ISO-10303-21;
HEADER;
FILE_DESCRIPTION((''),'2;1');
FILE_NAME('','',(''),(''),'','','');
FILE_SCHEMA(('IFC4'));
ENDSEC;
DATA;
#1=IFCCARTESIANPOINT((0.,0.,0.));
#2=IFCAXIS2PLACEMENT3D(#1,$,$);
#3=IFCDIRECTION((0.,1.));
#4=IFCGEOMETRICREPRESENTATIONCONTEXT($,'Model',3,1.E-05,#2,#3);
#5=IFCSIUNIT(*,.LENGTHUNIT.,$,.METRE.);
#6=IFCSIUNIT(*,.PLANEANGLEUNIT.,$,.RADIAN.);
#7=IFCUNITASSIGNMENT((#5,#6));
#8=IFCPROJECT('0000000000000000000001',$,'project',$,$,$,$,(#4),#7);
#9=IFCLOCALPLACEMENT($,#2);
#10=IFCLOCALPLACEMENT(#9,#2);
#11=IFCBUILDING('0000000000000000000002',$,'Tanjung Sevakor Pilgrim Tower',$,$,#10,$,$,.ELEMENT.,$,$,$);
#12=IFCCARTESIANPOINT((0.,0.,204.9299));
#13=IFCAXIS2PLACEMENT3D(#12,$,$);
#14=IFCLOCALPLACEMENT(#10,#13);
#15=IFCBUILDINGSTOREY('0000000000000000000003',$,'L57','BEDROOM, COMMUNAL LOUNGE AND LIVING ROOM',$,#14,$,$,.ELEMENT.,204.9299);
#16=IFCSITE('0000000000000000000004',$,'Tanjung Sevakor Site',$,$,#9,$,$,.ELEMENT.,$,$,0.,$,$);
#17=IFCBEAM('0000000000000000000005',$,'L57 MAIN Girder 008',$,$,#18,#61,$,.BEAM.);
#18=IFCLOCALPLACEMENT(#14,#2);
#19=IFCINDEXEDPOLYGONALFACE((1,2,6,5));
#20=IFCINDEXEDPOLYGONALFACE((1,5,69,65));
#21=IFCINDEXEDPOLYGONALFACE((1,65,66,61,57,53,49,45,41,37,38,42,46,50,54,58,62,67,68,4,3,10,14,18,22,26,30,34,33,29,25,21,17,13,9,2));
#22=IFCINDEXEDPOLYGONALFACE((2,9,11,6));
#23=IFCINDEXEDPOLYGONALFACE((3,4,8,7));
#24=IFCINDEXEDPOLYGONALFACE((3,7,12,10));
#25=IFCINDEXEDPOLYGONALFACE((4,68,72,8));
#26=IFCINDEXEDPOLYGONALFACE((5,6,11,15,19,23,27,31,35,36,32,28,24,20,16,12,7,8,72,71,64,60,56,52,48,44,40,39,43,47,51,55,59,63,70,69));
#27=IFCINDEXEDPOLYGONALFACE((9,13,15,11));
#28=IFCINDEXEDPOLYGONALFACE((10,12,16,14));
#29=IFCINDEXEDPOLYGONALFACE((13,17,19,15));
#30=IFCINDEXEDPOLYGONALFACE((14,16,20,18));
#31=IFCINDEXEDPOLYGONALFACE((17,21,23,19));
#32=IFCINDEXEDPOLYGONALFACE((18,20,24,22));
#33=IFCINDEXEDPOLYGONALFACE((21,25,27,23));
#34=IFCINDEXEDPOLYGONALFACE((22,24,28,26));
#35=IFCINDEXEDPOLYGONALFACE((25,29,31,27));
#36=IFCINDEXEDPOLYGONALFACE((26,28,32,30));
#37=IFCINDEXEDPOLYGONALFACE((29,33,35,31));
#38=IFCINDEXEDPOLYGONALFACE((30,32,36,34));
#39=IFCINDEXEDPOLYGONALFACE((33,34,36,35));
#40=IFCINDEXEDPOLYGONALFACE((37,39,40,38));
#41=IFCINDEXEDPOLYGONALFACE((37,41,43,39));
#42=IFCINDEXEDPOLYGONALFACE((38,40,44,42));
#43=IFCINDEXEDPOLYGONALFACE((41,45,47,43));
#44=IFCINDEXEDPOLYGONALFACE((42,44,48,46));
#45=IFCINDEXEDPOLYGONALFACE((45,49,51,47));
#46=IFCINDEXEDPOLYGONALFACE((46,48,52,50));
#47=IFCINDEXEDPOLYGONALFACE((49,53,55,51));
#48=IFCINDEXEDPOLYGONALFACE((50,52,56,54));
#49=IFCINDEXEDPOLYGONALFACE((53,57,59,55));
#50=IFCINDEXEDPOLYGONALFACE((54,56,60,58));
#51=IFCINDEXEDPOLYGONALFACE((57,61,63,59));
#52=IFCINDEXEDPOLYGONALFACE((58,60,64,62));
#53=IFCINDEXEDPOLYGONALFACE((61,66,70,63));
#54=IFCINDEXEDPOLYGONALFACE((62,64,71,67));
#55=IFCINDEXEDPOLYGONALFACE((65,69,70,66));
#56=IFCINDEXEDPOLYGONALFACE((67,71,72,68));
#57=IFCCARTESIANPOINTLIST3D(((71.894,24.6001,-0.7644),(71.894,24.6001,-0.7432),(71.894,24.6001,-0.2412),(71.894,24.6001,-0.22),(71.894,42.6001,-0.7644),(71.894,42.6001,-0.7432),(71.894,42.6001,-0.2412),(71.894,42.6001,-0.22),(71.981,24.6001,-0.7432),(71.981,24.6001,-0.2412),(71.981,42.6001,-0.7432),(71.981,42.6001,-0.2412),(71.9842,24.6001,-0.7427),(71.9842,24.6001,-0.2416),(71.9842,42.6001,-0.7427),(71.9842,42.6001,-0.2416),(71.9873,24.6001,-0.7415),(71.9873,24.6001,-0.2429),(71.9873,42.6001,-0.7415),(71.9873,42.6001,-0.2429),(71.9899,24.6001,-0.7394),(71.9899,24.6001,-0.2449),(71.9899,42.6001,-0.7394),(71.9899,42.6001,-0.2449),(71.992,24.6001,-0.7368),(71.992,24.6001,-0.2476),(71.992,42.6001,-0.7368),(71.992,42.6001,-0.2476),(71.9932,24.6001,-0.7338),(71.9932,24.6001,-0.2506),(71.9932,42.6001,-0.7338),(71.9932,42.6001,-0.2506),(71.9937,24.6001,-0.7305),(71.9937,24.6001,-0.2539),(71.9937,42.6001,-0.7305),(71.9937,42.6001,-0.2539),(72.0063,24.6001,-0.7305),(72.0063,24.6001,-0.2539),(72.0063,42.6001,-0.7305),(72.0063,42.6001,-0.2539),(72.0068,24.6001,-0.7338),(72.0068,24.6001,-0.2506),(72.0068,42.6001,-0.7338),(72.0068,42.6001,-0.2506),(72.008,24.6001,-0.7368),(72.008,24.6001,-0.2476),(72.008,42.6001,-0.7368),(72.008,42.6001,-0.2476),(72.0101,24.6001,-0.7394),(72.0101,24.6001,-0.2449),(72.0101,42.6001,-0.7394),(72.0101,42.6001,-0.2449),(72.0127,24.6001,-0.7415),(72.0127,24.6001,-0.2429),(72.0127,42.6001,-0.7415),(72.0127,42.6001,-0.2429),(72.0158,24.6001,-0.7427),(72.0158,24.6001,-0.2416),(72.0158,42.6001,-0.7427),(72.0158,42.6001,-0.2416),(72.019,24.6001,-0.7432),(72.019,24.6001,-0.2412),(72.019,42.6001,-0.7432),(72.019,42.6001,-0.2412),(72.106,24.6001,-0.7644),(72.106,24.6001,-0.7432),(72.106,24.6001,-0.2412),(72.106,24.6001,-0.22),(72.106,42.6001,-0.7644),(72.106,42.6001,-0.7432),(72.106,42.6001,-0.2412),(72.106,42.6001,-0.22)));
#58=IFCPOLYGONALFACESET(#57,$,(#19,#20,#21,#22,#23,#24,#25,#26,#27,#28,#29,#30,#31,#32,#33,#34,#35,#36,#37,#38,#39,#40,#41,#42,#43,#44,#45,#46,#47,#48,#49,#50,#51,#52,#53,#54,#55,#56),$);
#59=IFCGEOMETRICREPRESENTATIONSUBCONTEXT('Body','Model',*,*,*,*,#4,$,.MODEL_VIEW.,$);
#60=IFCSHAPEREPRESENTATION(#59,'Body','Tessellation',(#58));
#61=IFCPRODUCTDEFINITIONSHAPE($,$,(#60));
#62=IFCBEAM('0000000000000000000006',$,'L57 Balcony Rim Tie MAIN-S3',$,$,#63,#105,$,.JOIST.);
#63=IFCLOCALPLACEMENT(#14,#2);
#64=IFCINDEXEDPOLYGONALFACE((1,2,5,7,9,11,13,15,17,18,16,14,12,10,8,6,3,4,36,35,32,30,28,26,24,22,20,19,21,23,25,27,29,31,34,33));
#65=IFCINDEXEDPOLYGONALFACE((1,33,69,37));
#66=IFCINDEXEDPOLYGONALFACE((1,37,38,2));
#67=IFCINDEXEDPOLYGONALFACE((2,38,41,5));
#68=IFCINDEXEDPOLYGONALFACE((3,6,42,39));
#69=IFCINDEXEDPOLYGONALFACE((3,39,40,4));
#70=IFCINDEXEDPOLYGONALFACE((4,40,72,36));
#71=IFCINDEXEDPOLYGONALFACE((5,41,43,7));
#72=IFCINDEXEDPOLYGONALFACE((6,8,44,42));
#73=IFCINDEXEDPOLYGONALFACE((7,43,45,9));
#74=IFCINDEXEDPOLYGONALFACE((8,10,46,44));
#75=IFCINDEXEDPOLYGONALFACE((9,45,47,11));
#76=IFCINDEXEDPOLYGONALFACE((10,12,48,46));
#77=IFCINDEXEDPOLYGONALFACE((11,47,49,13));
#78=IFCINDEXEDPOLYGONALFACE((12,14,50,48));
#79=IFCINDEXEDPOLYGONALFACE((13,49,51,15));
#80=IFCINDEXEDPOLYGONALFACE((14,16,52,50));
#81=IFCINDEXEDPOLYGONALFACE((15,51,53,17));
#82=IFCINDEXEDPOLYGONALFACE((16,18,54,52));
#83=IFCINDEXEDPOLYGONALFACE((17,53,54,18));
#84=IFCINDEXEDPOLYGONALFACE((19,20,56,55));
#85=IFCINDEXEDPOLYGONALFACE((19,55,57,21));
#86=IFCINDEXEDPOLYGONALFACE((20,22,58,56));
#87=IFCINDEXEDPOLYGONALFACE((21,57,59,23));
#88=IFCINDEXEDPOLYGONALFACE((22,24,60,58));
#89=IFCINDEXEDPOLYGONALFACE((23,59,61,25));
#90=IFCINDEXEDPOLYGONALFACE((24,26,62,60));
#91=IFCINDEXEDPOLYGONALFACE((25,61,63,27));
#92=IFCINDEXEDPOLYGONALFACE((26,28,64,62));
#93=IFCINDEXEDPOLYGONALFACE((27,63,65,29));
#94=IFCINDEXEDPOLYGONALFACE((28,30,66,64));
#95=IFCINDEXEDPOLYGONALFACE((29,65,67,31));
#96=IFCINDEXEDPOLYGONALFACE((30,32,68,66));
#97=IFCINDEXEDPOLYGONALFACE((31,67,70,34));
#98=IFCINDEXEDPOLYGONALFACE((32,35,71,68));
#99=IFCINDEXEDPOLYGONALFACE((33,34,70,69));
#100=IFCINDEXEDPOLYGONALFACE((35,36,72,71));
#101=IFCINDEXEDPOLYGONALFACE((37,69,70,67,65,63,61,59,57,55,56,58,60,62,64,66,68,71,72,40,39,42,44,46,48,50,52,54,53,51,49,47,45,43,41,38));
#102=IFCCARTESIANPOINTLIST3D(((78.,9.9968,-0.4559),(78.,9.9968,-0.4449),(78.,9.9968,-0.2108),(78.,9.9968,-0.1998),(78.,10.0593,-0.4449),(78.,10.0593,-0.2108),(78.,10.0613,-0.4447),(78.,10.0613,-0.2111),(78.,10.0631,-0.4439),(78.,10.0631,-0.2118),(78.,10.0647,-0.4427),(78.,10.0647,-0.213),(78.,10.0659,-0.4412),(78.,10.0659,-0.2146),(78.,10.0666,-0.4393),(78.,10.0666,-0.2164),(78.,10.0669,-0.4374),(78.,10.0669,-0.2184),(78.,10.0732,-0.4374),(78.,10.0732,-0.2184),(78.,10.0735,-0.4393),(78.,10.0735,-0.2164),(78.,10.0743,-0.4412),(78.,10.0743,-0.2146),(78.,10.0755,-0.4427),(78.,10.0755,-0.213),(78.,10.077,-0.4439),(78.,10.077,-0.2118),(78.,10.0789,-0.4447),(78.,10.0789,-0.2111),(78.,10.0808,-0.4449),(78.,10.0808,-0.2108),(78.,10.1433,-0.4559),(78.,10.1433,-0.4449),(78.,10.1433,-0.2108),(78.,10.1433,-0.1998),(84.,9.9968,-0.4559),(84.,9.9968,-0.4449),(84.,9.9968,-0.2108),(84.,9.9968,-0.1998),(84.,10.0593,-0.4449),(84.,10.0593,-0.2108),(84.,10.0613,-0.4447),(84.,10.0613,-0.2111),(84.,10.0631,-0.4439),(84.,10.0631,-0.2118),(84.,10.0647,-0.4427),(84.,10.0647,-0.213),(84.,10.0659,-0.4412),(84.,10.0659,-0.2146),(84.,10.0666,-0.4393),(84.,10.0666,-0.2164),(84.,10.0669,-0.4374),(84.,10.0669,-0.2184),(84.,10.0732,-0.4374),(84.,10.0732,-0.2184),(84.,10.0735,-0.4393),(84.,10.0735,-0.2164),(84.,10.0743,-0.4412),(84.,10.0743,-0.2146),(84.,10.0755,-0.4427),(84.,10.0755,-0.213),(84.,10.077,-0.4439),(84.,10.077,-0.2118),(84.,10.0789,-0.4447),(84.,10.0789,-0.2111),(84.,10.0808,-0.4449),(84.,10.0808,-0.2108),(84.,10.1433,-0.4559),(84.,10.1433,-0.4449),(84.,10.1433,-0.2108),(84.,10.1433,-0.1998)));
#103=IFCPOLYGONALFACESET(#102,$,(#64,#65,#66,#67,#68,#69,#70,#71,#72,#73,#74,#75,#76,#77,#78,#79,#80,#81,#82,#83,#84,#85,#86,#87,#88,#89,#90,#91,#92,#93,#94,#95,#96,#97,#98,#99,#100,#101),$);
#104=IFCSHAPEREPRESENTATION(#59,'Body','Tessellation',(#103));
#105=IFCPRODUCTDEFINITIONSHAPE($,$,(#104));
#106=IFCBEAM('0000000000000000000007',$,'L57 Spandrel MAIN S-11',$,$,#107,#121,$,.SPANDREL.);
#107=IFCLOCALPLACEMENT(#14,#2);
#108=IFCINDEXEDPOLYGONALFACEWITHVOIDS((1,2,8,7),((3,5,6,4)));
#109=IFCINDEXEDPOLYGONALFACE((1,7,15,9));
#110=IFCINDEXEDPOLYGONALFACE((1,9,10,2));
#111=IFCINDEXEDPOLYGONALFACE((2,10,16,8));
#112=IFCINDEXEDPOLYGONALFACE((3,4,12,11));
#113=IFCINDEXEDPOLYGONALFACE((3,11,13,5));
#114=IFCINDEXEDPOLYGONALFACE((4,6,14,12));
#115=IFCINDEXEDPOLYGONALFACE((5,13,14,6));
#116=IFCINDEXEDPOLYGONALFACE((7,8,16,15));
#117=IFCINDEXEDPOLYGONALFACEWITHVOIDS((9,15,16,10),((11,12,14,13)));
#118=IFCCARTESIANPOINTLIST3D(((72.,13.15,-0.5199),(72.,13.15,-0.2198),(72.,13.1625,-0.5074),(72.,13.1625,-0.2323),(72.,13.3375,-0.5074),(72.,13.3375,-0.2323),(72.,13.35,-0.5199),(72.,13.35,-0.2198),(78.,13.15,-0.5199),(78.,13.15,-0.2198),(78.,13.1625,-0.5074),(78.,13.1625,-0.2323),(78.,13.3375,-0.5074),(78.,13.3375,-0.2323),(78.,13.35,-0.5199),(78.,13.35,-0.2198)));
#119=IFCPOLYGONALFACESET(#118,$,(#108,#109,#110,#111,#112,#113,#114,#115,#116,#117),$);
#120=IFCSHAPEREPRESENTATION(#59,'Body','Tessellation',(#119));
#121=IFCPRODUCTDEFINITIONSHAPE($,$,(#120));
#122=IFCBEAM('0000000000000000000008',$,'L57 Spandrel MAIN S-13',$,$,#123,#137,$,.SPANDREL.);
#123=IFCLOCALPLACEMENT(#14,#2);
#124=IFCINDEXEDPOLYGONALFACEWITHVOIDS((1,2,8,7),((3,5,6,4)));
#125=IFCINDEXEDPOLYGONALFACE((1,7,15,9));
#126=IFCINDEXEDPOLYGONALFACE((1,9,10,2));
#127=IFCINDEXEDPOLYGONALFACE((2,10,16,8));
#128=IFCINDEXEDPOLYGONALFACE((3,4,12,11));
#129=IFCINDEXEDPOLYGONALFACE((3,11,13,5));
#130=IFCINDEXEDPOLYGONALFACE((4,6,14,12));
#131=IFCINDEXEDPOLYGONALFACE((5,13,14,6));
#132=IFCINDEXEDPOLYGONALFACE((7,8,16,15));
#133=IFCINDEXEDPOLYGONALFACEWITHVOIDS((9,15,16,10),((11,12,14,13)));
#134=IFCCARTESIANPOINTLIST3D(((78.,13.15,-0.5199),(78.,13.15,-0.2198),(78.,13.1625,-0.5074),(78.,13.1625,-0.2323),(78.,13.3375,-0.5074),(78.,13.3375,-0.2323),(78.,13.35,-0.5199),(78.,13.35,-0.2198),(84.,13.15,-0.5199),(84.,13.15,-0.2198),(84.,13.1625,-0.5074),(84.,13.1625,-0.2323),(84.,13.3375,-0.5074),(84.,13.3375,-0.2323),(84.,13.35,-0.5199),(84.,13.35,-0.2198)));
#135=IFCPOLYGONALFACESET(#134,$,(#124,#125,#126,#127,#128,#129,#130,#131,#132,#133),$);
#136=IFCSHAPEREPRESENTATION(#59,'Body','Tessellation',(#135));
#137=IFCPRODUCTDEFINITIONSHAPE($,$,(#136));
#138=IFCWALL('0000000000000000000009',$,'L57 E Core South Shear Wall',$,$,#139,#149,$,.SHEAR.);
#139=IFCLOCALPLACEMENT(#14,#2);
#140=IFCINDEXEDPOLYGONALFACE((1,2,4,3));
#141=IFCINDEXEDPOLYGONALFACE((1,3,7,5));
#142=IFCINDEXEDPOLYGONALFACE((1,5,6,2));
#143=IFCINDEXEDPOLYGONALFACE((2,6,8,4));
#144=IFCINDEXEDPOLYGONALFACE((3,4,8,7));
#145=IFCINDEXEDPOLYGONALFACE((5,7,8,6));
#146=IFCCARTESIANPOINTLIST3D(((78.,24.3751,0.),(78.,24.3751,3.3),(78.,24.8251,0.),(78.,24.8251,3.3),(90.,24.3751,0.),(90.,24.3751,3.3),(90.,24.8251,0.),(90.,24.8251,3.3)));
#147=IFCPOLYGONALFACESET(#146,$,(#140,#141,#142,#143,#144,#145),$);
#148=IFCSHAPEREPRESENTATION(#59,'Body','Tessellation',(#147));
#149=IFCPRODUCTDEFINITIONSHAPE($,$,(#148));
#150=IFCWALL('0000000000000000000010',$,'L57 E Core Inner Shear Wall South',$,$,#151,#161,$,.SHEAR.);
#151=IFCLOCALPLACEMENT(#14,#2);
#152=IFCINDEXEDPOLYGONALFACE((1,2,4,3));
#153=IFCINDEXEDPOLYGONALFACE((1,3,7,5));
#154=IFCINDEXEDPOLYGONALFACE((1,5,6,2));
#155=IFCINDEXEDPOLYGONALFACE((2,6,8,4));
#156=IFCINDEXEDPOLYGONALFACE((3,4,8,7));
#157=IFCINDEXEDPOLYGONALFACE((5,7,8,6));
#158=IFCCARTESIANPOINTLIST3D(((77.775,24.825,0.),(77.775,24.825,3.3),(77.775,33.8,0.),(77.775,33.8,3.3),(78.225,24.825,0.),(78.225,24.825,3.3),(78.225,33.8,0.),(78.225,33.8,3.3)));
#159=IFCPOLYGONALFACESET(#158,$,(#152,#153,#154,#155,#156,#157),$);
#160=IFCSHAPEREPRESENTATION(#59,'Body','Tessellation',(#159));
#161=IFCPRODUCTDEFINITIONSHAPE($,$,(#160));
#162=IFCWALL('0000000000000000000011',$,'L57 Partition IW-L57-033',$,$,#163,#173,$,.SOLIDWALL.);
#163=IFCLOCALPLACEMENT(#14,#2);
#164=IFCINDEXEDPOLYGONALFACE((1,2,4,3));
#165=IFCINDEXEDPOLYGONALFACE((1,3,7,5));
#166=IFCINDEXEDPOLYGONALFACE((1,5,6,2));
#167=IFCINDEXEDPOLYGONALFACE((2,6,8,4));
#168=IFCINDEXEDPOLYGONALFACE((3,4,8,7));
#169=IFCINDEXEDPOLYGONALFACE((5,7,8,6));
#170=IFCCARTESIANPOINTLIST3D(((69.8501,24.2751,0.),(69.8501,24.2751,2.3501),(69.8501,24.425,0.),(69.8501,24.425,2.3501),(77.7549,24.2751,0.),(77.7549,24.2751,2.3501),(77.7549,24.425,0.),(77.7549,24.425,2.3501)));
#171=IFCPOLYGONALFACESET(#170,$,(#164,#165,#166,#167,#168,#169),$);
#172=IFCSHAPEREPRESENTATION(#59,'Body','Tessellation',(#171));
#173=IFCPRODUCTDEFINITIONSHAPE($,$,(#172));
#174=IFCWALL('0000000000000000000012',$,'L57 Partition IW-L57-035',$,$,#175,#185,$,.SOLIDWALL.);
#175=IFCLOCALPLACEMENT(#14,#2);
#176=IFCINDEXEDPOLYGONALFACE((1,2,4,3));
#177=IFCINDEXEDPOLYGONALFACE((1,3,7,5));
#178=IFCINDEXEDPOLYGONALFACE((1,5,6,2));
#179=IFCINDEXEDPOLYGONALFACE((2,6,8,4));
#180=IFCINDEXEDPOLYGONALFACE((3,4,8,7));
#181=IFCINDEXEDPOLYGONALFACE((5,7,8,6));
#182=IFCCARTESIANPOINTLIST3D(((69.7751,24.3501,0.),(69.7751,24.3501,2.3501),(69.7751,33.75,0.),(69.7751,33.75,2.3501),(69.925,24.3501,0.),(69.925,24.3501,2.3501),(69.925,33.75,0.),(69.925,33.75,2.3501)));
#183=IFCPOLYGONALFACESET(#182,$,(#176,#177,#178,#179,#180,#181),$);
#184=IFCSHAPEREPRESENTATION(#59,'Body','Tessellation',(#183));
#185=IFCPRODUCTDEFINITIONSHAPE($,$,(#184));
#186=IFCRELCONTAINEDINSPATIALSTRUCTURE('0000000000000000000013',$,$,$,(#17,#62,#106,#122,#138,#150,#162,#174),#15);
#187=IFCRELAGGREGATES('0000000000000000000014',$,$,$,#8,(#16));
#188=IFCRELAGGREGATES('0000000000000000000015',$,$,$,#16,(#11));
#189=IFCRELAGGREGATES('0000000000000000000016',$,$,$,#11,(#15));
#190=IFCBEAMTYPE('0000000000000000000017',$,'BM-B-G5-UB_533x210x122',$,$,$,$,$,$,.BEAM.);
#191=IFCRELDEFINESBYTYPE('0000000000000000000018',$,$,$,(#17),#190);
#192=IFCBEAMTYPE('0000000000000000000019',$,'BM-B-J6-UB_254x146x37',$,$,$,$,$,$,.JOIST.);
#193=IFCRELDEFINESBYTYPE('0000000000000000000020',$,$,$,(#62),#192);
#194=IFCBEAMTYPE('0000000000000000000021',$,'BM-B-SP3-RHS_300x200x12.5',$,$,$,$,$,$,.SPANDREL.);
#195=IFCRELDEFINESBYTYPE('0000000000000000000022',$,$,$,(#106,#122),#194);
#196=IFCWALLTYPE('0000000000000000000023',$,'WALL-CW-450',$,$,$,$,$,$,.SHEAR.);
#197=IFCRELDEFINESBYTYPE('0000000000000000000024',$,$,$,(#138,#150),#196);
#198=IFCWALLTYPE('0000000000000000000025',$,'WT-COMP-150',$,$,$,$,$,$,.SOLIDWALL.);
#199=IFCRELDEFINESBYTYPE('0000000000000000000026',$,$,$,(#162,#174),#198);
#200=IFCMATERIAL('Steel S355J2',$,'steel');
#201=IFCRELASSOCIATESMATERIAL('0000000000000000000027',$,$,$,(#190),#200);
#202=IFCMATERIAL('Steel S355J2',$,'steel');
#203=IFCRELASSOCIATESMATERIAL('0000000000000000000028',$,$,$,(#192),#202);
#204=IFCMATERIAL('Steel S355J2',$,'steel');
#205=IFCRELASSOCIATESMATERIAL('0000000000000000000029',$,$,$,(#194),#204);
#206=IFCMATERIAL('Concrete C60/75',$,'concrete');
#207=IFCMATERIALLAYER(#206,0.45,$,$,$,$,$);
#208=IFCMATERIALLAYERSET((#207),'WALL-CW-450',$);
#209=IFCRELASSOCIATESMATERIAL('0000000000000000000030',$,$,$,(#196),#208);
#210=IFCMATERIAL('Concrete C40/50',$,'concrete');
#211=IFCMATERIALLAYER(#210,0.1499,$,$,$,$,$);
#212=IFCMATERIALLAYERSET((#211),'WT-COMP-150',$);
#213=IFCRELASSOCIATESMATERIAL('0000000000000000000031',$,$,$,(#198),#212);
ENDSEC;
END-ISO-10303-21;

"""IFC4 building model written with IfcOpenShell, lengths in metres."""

from ifc_helpers import new_model, si_unit, direction, frame, frame_2d, origin, origin_2d, place, context, subcontext, project, spatial, rectangle, hollow_rectangle, i_section, extrude, material, layer, layer_set, material_profile, profile_set, type_object, element, save


model = new_model("IFC4")

# Units and contexts
model_context = context("Model", 3, precision=1e-05, world=origin(), true_north=direction((0.0, 1.0)))
body_context = subcontext(model_context, "Body", "Model", "MODEL_VIEW")
ifc_project = project(units=[si_unit("LENGTHUNIT", "METRE"), si_unit("PLANEANGLEUNIT", "RADIAN")], contexts=[model_context])

# Site, building, storey
site_placement = place(None, origin())
site = spatial("IfcSite", under=ifc_project, at=site_placement, Name="Tanjung Sevakor Site", CompositionType="ELEMENT", RefElevation=0.0)
building_placement = place(site_placement, origin())
building = spatial("IfcBuilding", under=site, at=building_placement, Name="Tanjung Sevakor Pilgrim Tower", CompositionType="ELEMENT")
storey_placement = place(building_placement, frame((0.0, 0.0, 204.9299)))
storey = spatial("IfcBuildingStorey", under=building, at=storey_placement, Name="L57", Description="BEDROOM, COMMUNAL LOUNGE AND LIVING ROOM", CompositionType="ELEMENT", Elevation=204.9299)

# Beams
ifc_material_1 = material(Name="Steel S355J2", Category="steel")
ifc_material_profile_1 = material_profile(ifc_material_1, i_section(OverallWidth=0.2119, OverallDepth=0.5444, WebThickness=0.0127, FlangeThickness=0.0212, FilletRadius=0.0127, at=origin_2d()))
ifc_profile_set_1 = profile_set([ifc_material_profile_1], Name="Steel S355J2")
beam_type_1 = type_object("IfcBeamType", Name="BM-B-G5-UB_533x210x122", PredefinedType="BEAM", material=ifc_profile_set_1)
beam_1_placement = place(storey_placement, frame((72.0, 24.6001, -0.4922), z_axis=(0.0, 1.0, 0.0), x_axis=(-1.0, 0.0, 0.0)))
element("IfcBeam", 1, at=beam_1_placement, inside=storey, type_object=beam_type_1, Name="L57 MAIN Girder 008", PredefinedType="BEAM", context=body_context, shape_type="SweptSolid", body=[
    extrude(i_section(OverallWidth=0.2119, OverallDepth=0.5444, WebThickness=0.0127, FlangeThickness=0.0212, FilletRadius=0.0127, at=origin_2d()), origin(), (0.0, 0.0, 1.0), 18.0),
])
ifc_material_2 = material(Name="Steel S355J2", Category="steel")
ifc_material_profile_2 = material_profile(ifc_material_2, i_section(OverallWidth=0.1465, OverallDepth=0.2561, WebThickness=0.0063, FlangeThickness=0.011, FilletRadius=0.0076, at=origin_2d()))
ifc_profile_set_2 = profile_set([ifc_material_profile_2], Name="Steel S355J2")
beam_type_2 = type_object("IfcBeamType", Name="BM-B-J6-UB_254x146x37", PredefinedType="JOIST", material=ifc_profile_set_2)
beam_2_placement = place(storey_placement, frame((78.0, 10.0701, -0.3279), z_axis=(1.0, 0.0, 0.0), x_axis=(0.0, 1.0, 0.0)))
element("IfcBeam", 2, at=beam_2_placement, inside=storey, type_object=beam_type_2, Name="L57 Balcony Rim Tie MAIN-S3", PredefinedType="JOIST", context=body_context, shape_type="SweptSolid", body=[
    extrude(i_section(OverallWidth=0.1465, OverallDepth=0.2561, WebThickness=0.0063, FlangeThickness=0.011, FilletRadius=0.0076, at=origin_2d()), origin(), (0.0, 0.0, 1.0), 6.0),
])
ifc_material_3 = material(Name="Steel S355J2", Category="steel")
ifc_material_profile_3 = material_profile(ifc_material_3, hollow_rectangle(XDim=0.2, YDim=0.3, WallThickness=0.0125, at=origin_2d()))
ifc_profile_set_3 = profile_set([ifc_material_profile_3], Name="Steel S355J2")
beam_type_3 = type_object("IfcBeamType", Name="BM-B-SP3-RHS_300x200x12.5", PredefinedType="SPANDREL", material=ifc_profile_set_3)
for number, where, z_axis, x_axis, name in (
    (3, (72.0, 13.25, -0.3699), (1.0, 0.0, 0.0), (0.0, 1.0, 0.0), "L57 Spandrel MAIN S-11"),
    (4, (78.0, 13.25, -0.3699), (1.0, 0.0, 0.0), (0.0, 1.0, 0.0), "L57 Spandrel MAIN S-13"),
):
    element("IfcBeam", number, at=place(storey_placement, frame(where, z_axis=z_axis, x_axis=x_axis)), inside=storey, type_object=beam_type_3, Name=name, PredefinedType="SPANDREL", context=body_context, shape_type="SweptSolid", body=[
        extrude(hollow_rectangle(XDim=0.2, YDim=0.3, WallThickness=0.0125, at=origin_2d()), origin(), (0.0, 0.0, 1.0), 6.0),
    ])

# Walls
ifc_material_4 = material(Name="Concrete C60/75", Category="concrete")
ifc_layer_1 = layer(ifc_material_4, 0.45)
ifc_layer_set_1 = layer_set([ifc_layer_1], Name="WALL-CW-450")
wall_type_1 = type_object("IfcWallType", Name="WALL-CW-450", PredefinedType="SHEAR", material=ifc_layer_set_1)
wall_1_placement = place(storey_placement, frame((78.0, 24.6001, 0.0), z_axis=(0.0, 0.0, 1.0), x_axis=(1.0, 0.0, 0.0)))
element("IfcWall", 5, at=wall_1_placement, inside=storey, type_object=wall_type_1, Name="L57 E Core South Shear Wall", PredefinedType="SHEAR", context=body_context, shape_type="SweptSolid", body=[
    extrude(rectangle(XDim=12.0, YDim=0.45, at=frame_2d((6.0, 0.0))), origin(), (0.0, 0.0, 1.0), 3.3),
])
wall_2_placement = place(storey_placement, frame((78.0, 24.825, 0.0), z_axis=(0.0, 0.0, 1.0), x_axis=(0.0, 1.0, 0.0)))
element("IfcWall", 6, at=wall_2_placement, inside=storey, type_object=wall_type_1, Name="L57 E Core Inner Shear Wall South", PredefinedType="SHEAR", context=body_context, shape_type="SweptSolid", body=[
    extrude(rectangle(XDim=8.9751, YDim=0.45, at=frame_2d((4.4875, 0.0))), origin(), (0.0, 0.0, 1.0), 3.3),
])
ifc_material_5 = material(Name="Concrete C40/50", Category="concrete")
ifc_layer_2 = layer(ifc_material_5, 0.1499)
ifc_layer_set_2 = layer_set([ifc_layer_2], Name="WT-COMP-150")
wall_type_2 = type_object("IfcWallType", Name="WT-COMP-150", PredefinedType="SOLIDWALL", material=ifc_layer_set_2)
wall_3_placement = place(storey_placement, frame((69.8501, 24.3501, 0.0), z_axis=(0.0, 0.0, 1.0), x_axis=(1.0, 0.0, 0.0)))
element("IfcWall", 7, at=wall_3_placement, inside=storey, type_object=wall_type_2, Name="L57 Partition IW-L57-033", PredefinedType="SOLIDWALL", context=body_context, shape_type="SweptSolid", body=[
    extrude(rectangle(XDim=7.9048, YDim=0.1499, at=frame_2d((3.9524, 0.0))), origin(), (0.0, 0.0, 1.0), 2.3501),
])
wall_4_placement = place(storey_placement, frame((69.8501, 24.3501, 0.0), z_axis=(0.0, 0.0, 1.0), x_axis=(0.0, 1.0, 0.0)))
element("IfcWall", 8, at=wall_4_placement, inside=storey, type_object=wall_type_2, Name="L57 Partition IW-L57-035", PredefinedType="SOLIDWALL", context=body_context, shape_type="SweptSolid", body=[
    extrude(rectangle(XDim=9.3999, YDim=0.1499, at=frame_2d((4.7, 0.0))), origin(), (0.0, 0.0, 1.0), 2.3501),
])

save(model, "model.ifc")
